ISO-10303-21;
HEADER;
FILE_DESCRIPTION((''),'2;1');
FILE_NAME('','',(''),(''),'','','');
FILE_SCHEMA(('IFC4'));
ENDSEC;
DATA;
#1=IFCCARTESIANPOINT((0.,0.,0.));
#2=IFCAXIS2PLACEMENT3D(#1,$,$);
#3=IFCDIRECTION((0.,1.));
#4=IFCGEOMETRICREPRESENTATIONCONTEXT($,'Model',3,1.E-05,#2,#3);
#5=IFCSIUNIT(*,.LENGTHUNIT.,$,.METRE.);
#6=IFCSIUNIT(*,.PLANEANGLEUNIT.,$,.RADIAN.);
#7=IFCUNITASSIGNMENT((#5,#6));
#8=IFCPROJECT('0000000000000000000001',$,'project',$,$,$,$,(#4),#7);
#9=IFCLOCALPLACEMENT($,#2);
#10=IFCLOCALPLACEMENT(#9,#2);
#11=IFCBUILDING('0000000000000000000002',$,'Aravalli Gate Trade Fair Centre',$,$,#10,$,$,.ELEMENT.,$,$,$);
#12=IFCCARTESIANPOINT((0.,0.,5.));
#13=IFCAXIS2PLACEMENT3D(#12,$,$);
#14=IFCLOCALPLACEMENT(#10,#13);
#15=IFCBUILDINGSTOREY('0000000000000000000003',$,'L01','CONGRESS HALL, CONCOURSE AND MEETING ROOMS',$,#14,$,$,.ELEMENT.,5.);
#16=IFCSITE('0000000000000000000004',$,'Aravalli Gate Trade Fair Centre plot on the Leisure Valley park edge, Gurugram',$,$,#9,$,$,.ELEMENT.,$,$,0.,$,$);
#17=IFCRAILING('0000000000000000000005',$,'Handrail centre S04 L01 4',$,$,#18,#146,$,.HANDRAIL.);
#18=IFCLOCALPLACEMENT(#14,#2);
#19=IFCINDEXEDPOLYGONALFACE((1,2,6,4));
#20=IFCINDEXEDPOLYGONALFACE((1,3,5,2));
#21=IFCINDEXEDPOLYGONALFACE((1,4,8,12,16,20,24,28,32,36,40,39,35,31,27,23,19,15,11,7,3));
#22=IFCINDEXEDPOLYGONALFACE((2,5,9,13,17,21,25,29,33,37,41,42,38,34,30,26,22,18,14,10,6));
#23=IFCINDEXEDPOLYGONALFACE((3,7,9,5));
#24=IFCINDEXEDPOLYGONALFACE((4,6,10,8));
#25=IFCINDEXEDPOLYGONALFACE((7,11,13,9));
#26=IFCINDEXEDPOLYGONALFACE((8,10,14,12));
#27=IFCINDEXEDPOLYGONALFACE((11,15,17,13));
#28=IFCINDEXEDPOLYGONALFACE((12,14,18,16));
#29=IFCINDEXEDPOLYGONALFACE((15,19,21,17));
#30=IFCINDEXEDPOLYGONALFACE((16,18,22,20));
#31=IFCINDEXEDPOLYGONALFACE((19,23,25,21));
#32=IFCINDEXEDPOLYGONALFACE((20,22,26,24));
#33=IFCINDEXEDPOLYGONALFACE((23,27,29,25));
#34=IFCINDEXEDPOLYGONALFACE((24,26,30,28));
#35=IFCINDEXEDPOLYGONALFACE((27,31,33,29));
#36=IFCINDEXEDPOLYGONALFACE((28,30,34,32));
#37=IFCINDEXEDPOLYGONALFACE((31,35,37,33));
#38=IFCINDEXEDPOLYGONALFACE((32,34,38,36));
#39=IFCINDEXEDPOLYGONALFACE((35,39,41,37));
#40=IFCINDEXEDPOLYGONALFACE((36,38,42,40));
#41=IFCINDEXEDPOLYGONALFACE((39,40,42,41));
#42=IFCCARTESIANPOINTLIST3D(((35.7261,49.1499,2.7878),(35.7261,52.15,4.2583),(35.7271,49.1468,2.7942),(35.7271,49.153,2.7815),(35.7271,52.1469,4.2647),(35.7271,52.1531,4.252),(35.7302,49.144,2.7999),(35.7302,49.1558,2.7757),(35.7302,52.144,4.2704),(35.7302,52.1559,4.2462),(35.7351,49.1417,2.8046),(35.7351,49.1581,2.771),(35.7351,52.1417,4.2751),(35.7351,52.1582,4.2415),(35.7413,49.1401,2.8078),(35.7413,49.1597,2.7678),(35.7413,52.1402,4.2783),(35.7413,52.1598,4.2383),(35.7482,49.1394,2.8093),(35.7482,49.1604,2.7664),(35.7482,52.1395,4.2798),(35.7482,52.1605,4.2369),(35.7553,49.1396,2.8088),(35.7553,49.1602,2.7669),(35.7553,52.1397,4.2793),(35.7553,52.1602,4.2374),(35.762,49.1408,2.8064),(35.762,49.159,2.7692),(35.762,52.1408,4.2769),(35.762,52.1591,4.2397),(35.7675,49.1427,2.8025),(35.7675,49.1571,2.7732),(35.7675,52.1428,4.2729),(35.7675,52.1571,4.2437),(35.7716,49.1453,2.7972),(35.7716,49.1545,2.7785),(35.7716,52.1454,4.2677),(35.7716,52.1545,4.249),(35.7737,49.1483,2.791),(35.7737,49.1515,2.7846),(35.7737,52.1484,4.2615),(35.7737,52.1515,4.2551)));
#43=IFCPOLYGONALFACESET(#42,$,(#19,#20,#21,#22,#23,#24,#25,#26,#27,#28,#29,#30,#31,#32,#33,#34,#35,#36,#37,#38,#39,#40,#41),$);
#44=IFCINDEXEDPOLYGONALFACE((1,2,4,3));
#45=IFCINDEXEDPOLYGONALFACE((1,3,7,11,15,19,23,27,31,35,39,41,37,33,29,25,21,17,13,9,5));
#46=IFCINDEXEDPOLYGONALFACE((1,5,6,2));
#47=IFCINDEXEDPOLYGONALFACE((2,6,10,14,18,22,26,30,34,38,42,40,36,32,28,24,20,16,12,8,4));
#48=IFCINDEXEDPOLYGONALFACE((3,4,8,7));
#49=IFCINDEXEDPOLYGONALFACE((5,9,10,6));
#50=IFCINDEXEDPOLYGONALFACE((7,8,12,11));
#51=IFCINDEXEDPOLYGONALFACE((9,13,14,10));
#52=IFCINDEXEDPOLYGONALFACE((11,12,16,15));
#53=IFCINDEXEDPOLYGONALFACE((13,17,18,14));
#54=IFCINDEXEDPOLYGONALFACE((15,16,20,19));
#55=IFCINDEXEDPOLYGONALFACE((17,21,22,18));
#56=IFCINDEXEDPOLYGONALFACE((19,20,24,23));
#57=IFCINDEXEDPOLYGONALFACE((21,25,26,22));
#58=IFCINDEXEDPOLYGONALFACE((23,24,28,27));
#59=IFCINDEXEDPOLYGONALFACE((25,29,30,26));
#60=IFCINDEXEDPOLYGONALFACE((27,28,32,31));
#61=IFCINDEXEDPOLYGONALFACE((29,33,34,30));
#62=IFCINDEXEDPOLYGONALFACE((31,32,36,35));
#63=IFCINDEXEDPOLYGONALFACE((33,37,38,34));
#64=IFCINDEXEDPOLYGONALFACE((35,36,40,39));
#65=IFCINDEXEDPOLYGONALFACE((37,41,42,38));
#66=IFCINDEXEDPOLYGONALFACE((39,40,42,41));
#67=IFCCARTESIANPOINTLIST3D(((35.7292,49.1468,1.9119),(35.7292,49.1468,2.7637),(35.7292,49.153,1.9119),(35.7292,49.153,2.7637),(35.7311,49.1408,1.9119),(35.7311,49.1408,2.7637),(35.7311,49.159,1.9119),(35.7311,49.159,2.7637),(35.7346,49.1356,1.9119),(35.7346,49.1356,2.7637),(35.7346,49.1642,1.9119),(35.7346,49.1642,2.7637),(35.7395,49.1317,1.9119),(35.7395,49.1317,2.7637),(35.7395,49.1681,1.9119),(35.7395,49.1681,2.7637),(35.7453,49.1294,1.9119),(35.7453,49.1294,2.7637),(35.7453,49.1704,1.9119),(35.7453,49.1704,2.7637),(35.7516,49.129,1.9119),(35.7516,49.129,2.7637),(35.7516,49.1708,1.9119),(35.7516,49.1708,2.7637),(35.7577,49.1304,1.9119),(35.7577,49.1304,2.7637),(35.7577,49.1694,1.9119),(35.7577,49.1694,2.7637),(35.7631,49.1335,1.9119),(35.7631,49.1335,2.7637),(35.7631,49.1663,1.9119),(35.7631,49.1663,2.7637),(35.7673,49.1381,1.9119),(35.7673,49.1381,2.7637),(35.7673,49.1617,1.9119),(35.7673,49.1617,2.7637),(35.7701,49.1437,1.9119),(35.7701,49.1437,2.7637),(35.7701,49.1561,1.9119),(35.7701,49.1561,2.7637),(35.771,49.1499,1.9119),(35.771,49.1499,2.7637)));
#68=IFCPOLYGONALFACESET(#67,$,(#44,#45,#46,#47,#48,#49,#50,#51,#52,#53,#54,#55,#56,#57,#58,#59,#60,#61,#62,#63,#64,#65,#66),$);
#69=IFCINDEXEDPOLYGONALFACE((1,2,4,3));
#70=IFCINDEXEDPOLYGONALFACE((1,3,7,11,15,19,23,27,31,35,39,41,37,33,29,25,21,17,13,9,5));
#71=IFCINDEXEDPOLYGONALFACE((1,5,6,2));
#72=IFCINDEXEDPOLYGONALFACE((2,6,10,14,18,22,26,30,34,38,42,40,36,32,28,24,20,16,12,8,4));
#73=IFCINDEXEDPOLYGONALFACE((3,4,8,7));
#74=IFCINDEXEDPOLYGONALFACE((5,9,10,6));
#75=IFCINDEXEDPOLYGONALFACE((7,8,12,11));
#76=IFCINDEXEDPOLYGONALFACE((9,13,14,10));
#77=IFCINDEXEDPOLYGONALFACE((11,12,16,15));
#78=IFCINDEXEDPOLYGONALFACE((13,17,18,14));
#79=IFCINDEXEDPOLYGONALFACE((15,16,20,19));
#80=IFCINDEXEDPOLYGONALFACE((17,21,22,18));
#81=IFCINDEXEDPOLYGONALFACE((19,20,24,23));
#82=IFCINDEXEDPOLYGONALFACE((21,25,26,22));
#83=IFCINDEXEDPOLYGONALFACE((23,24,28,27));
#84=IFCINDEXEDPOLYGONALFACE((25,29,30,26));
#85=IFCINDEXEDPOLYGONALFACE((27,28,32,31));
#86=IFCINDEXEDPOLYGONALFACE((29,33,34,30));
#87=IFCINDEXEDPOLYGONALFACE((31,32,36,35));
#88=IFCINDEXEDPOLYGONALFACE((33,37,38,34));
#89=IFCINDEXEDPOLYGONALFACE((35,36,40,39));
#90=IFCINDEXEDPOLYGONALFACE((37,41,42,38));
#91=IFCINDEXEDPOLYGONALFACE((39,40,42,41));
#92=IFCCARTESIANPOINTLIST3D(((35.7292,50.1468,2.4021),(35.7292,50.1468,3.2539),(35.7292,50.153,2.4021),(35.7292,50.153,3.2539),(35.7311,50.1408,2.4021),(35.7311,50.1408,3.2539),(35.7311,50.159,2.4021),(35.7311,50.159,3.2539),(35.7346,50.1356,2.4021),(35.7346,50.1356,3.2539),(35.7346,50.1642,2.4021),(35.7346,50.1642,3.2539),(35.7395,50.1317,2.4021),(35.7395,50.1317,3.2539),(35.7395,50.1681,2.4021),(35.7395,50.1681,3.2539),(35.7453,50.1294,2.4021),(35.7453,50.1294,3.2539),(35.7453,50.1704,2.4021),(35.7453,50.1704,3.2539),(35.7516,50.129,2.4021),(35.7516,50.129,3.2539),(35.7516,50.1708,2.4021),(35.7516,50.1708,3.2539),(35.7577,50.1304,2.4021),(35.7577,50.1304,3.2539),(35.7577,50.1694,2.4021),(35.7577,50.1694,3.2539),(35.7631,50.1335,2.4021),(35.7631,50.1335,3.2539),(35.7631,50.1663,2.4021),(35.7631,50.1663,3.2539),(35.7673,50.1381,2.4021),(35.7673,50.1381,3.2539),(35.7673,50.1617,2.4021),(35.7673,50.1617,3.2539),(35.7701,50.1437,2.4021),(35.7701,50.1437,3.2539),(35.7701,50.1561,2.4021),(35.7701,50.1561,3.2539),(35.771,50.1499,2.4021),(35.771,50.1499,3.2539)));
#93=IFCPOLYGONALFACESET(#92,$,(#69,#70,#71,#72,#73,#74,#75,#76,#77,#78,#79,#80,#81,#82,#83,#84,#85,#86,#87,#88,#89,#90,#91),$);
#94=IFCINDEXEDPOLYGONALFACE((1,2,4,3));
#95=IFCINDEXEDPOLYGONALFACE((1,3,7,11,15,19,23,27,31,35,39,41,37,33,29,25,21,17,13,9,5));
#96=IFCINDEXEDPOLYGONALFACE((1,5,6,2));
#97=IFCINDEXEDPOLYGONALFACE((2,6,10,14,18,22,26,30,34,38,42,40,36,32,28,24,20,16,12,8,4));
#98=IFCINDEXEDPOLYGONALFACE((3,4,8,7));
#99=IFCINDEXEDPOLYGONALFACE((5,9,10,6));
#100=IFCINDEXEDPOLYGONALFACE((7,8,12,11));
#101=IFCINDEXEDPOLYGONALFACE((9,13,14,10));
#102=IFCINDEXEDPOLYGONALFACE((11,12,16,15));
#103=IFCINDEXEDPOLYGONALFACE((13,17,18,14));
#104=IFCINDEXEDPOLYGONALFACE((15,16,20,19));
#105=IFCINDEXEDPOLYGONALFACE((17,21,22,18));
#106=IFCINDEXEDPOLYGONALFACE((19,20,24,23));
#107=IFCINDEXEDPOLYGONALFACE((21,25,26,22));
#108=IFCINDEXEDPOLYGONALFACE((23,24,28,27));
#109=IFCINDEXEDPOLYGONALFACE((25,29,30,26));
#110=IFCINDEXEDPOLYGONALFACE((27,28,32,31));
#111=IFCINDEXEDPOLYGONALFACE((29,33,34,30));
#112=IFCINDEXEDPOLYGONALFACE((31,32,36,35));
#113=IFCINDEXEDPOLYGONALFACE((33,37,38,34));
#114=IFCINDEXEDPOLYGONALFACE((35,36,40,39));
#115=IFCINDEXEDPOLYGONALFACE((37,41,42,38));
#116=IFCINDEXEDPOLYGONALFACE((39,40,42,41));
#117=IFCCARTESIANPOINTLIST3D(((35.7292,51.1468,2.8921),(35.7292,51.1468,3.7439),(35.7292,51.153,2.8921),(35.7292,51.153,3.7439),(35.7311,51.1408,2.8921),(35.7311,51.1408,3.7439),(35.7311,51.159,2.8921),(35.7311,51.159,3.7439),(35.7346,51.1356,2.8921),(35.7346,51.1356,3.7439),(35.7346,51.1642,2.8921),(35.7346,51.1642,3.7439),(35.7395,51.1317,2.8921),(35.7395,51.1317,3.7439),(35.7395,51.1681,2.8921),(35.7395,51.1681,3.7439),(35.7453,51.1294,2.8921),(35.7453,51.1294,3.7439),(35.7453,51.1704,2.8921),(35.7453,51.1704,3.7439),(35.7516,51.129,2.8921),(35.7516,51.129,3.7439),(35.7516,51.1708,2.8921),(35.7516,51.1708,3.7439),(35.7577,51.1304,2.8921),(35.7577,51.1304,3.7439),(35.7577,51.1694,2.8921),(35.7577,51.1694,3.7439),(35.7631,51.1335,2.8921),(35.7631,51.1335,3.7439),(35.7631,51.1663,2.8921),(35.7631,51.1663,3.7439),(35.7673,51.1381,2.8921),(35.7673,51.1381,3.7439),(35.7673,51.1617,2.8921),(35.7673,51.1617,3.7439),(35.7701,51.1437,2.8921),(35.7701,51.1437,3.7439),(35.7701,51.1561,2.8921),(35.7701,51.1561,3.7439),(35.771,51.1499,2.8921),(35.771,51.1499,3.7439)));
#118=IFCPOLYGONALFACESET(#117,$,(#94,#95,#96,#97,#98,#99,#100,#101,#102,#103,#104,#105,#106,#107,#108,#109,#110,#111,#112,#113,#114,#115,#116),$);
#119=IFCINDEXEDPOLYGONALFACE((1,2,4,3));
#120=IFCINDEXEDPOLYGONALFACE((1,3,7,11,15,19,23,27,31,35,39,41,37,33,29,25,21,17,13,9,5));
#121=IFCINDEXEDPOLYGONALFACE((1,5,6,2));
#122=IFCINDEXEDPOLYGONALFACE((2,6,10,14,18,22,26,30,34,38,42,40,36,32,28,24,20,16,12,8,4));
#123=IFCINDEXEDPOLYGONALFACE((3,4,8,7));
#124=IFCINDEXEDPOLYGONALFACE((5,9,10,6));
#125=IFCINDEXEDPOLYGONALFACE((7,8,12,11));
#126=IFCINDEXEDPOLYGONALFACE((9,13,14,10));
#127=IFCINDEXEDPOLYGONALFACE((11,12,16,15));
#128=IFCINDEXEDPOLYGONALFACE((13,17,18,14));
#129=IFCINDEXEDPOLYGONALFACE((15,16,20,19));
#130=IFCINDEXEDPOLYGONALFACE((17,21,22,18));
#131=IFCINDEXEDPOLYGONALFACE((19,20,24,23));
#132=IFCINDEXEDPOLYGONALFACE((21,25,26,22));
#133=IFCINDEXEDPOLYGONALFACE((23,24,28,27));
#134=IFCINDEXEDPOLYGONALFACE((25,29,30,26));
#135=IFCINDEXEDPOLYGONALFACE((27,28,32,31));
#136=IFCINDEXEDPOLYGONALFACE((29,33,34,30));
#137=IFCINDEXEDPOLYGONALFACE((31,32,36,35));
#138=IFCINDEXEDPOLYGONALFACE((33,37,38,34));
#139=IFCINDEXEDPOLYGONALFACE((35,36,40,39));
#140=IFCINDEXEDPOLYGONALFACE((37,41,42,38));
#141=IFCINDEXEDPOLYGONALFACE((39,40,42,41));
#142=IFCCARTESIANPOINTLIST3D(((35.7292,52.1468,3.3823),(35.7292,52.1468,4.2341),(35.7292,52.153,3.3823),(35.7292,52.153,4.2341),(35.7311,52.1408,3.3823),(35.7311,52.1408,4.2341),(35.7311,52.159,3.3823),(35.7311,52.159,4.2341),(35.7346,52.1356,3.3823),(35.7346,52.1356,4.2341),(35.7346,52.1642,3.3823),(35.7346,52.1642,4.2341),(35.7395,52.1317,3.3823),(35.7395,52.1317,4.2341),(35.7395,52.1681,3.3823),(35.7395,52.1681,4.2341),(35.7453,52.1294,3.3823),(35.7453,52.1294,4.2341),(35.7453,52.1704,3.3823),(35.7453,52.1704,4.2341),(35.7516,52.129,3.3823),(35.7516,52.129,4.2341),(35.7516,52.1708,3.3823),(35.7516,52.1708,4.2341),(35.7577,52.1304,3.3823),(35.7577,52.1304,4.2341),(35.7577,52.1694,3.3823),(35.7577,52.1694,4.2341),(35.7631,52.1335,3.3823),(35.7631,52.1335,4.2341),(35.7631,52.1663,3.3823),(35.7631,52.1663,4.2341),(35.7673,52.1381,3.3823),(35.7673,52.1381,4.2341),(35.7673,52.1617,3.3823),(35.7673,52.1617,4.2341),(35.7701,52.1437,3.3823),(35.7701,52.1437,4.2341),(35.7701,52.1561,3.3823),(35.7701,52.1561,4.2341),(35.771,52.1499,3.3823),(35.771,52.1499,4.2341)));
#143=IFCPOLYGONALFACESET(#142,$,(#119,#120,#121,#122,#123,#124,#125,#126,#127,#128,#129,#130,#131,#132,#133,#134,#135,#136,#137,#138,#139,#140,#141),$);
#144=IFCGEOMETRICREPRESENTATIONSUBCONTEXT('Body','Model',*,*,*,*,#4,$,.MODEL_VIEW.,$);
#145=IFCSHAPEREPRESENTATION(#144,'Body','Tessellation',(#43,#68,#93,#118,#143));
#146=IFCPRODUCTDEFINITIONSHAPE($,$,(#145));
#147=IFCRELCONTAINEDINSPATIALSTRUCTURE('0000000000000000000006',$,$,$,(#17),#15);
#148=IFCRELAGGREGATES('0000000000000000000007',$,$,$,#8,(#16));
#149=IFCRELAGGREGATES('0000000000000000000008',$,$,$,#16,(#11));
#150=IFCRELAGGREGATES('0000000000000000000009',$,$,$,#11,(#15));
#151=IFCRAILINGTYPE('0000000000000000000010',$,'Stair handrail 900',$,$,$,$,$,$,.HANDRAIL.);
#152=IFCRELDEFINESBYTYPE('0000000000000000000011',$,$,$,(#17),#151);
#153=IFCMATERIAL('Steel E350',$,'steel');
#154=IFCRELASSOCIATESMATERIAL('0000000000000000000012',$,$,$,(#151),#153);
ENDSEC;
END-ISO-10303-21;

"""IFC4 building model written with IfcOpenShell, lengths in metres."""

from ifc_helpers import new_model, si_unit, direction, frame, origin, origin_2d, place, context, subcontext, project, spatial, circle, extrude, material, type_object, element, save


model = new_model("IFC4")

# Units and contexts
model_context = context("Model", 3, precision=1e-05, world=origin(), true_north=direction((0.0, 1.0)))
body_context = subcontext(model_context, "Body", "Model", "MODEL_VIEW")
ifc_project = project(units=[si_unit("LENGTHUNIT", "METRE"), si_unit("PLANEANGLEUNIT", "RADIAN")], contexts=[model_context])

# Site, building, storey
site_placement = place(None, origin())
site = spatial("IfcSite", under=ifc_project, at=site_placement, Name="Aravalli Gate Trade Fair Centre plot on the Leisure Valley park edge, Gurugram", CompositionType="ELEMENT", RefElevation=0.0)
building_placement = place(site_placement, origin())
building = spatial("IfcBuilding", under=site, at=building_placement, Name="Aravalli Gate Trade Fair Centre", CompositionType="ELEMENT")
storey_placement = place(building_placement, frame((0.0, 0.0, 5.0)))
storey = spatial("IfcBuildingStorey", under=building, at=storey_placement, Name="L01", Description="CONGRESS HALL, CONCOURSE AND MEETING ROOMS", CompositionType="ELEMENT", Elevation=5.0)

# Railing
ifc_material_1 = material(Name="Steel E350", Category="steel")
railing_type_1 = type_object("IfcRailingType", Name="Stair handrail 900", PredefinedType="HANDRAIL", material=ifc_material_1)
railing_1_placement = place(storey_placement, frame((35.75, 49.1499, 1.9119)))
element("IfcRailing", 1, at=railing_1_placement, inside=storey, type_object=railing_type_1, Name="Handrail centre S04 L01 4", PredefinedType="HANDRAIL", context=body_context, shape_type="SweptSolid", body=[
    extrude(circle(Radius=0.0239, at=origin_2d()), frame((0.0, 0.0, 0.876), z_axis=(0.0, 0.897936, 0.440126), x_axis=(-1.0, 0.0, 0.0)), (0.0, 0.0, 1.0), 3.3411),
    extrude(circle(Radius=0.021, at=origin_2d()), origin(), (0.0, 0.0, 1.0), 0.8518),
    extrude(circle(Radius=0.021, at=origin_2d()), frame((0.0, 1.0, 0.4902)), (0.0, 0.0, 1.0), 0.8518),
    extrude(circle(Radius=0.021, at=origin_2d()), frame((0.0, 2.0, 0.9802)), (0.0, 0.0, 1.0), 0.8518),
    extrude(circle(Radius=0.021, at=origin_2d()), frame((0.0, 3.0, 1.4705)), (0.0, 0.0, 1.0), 0.8518),
])

save(model, "model.ifc")
